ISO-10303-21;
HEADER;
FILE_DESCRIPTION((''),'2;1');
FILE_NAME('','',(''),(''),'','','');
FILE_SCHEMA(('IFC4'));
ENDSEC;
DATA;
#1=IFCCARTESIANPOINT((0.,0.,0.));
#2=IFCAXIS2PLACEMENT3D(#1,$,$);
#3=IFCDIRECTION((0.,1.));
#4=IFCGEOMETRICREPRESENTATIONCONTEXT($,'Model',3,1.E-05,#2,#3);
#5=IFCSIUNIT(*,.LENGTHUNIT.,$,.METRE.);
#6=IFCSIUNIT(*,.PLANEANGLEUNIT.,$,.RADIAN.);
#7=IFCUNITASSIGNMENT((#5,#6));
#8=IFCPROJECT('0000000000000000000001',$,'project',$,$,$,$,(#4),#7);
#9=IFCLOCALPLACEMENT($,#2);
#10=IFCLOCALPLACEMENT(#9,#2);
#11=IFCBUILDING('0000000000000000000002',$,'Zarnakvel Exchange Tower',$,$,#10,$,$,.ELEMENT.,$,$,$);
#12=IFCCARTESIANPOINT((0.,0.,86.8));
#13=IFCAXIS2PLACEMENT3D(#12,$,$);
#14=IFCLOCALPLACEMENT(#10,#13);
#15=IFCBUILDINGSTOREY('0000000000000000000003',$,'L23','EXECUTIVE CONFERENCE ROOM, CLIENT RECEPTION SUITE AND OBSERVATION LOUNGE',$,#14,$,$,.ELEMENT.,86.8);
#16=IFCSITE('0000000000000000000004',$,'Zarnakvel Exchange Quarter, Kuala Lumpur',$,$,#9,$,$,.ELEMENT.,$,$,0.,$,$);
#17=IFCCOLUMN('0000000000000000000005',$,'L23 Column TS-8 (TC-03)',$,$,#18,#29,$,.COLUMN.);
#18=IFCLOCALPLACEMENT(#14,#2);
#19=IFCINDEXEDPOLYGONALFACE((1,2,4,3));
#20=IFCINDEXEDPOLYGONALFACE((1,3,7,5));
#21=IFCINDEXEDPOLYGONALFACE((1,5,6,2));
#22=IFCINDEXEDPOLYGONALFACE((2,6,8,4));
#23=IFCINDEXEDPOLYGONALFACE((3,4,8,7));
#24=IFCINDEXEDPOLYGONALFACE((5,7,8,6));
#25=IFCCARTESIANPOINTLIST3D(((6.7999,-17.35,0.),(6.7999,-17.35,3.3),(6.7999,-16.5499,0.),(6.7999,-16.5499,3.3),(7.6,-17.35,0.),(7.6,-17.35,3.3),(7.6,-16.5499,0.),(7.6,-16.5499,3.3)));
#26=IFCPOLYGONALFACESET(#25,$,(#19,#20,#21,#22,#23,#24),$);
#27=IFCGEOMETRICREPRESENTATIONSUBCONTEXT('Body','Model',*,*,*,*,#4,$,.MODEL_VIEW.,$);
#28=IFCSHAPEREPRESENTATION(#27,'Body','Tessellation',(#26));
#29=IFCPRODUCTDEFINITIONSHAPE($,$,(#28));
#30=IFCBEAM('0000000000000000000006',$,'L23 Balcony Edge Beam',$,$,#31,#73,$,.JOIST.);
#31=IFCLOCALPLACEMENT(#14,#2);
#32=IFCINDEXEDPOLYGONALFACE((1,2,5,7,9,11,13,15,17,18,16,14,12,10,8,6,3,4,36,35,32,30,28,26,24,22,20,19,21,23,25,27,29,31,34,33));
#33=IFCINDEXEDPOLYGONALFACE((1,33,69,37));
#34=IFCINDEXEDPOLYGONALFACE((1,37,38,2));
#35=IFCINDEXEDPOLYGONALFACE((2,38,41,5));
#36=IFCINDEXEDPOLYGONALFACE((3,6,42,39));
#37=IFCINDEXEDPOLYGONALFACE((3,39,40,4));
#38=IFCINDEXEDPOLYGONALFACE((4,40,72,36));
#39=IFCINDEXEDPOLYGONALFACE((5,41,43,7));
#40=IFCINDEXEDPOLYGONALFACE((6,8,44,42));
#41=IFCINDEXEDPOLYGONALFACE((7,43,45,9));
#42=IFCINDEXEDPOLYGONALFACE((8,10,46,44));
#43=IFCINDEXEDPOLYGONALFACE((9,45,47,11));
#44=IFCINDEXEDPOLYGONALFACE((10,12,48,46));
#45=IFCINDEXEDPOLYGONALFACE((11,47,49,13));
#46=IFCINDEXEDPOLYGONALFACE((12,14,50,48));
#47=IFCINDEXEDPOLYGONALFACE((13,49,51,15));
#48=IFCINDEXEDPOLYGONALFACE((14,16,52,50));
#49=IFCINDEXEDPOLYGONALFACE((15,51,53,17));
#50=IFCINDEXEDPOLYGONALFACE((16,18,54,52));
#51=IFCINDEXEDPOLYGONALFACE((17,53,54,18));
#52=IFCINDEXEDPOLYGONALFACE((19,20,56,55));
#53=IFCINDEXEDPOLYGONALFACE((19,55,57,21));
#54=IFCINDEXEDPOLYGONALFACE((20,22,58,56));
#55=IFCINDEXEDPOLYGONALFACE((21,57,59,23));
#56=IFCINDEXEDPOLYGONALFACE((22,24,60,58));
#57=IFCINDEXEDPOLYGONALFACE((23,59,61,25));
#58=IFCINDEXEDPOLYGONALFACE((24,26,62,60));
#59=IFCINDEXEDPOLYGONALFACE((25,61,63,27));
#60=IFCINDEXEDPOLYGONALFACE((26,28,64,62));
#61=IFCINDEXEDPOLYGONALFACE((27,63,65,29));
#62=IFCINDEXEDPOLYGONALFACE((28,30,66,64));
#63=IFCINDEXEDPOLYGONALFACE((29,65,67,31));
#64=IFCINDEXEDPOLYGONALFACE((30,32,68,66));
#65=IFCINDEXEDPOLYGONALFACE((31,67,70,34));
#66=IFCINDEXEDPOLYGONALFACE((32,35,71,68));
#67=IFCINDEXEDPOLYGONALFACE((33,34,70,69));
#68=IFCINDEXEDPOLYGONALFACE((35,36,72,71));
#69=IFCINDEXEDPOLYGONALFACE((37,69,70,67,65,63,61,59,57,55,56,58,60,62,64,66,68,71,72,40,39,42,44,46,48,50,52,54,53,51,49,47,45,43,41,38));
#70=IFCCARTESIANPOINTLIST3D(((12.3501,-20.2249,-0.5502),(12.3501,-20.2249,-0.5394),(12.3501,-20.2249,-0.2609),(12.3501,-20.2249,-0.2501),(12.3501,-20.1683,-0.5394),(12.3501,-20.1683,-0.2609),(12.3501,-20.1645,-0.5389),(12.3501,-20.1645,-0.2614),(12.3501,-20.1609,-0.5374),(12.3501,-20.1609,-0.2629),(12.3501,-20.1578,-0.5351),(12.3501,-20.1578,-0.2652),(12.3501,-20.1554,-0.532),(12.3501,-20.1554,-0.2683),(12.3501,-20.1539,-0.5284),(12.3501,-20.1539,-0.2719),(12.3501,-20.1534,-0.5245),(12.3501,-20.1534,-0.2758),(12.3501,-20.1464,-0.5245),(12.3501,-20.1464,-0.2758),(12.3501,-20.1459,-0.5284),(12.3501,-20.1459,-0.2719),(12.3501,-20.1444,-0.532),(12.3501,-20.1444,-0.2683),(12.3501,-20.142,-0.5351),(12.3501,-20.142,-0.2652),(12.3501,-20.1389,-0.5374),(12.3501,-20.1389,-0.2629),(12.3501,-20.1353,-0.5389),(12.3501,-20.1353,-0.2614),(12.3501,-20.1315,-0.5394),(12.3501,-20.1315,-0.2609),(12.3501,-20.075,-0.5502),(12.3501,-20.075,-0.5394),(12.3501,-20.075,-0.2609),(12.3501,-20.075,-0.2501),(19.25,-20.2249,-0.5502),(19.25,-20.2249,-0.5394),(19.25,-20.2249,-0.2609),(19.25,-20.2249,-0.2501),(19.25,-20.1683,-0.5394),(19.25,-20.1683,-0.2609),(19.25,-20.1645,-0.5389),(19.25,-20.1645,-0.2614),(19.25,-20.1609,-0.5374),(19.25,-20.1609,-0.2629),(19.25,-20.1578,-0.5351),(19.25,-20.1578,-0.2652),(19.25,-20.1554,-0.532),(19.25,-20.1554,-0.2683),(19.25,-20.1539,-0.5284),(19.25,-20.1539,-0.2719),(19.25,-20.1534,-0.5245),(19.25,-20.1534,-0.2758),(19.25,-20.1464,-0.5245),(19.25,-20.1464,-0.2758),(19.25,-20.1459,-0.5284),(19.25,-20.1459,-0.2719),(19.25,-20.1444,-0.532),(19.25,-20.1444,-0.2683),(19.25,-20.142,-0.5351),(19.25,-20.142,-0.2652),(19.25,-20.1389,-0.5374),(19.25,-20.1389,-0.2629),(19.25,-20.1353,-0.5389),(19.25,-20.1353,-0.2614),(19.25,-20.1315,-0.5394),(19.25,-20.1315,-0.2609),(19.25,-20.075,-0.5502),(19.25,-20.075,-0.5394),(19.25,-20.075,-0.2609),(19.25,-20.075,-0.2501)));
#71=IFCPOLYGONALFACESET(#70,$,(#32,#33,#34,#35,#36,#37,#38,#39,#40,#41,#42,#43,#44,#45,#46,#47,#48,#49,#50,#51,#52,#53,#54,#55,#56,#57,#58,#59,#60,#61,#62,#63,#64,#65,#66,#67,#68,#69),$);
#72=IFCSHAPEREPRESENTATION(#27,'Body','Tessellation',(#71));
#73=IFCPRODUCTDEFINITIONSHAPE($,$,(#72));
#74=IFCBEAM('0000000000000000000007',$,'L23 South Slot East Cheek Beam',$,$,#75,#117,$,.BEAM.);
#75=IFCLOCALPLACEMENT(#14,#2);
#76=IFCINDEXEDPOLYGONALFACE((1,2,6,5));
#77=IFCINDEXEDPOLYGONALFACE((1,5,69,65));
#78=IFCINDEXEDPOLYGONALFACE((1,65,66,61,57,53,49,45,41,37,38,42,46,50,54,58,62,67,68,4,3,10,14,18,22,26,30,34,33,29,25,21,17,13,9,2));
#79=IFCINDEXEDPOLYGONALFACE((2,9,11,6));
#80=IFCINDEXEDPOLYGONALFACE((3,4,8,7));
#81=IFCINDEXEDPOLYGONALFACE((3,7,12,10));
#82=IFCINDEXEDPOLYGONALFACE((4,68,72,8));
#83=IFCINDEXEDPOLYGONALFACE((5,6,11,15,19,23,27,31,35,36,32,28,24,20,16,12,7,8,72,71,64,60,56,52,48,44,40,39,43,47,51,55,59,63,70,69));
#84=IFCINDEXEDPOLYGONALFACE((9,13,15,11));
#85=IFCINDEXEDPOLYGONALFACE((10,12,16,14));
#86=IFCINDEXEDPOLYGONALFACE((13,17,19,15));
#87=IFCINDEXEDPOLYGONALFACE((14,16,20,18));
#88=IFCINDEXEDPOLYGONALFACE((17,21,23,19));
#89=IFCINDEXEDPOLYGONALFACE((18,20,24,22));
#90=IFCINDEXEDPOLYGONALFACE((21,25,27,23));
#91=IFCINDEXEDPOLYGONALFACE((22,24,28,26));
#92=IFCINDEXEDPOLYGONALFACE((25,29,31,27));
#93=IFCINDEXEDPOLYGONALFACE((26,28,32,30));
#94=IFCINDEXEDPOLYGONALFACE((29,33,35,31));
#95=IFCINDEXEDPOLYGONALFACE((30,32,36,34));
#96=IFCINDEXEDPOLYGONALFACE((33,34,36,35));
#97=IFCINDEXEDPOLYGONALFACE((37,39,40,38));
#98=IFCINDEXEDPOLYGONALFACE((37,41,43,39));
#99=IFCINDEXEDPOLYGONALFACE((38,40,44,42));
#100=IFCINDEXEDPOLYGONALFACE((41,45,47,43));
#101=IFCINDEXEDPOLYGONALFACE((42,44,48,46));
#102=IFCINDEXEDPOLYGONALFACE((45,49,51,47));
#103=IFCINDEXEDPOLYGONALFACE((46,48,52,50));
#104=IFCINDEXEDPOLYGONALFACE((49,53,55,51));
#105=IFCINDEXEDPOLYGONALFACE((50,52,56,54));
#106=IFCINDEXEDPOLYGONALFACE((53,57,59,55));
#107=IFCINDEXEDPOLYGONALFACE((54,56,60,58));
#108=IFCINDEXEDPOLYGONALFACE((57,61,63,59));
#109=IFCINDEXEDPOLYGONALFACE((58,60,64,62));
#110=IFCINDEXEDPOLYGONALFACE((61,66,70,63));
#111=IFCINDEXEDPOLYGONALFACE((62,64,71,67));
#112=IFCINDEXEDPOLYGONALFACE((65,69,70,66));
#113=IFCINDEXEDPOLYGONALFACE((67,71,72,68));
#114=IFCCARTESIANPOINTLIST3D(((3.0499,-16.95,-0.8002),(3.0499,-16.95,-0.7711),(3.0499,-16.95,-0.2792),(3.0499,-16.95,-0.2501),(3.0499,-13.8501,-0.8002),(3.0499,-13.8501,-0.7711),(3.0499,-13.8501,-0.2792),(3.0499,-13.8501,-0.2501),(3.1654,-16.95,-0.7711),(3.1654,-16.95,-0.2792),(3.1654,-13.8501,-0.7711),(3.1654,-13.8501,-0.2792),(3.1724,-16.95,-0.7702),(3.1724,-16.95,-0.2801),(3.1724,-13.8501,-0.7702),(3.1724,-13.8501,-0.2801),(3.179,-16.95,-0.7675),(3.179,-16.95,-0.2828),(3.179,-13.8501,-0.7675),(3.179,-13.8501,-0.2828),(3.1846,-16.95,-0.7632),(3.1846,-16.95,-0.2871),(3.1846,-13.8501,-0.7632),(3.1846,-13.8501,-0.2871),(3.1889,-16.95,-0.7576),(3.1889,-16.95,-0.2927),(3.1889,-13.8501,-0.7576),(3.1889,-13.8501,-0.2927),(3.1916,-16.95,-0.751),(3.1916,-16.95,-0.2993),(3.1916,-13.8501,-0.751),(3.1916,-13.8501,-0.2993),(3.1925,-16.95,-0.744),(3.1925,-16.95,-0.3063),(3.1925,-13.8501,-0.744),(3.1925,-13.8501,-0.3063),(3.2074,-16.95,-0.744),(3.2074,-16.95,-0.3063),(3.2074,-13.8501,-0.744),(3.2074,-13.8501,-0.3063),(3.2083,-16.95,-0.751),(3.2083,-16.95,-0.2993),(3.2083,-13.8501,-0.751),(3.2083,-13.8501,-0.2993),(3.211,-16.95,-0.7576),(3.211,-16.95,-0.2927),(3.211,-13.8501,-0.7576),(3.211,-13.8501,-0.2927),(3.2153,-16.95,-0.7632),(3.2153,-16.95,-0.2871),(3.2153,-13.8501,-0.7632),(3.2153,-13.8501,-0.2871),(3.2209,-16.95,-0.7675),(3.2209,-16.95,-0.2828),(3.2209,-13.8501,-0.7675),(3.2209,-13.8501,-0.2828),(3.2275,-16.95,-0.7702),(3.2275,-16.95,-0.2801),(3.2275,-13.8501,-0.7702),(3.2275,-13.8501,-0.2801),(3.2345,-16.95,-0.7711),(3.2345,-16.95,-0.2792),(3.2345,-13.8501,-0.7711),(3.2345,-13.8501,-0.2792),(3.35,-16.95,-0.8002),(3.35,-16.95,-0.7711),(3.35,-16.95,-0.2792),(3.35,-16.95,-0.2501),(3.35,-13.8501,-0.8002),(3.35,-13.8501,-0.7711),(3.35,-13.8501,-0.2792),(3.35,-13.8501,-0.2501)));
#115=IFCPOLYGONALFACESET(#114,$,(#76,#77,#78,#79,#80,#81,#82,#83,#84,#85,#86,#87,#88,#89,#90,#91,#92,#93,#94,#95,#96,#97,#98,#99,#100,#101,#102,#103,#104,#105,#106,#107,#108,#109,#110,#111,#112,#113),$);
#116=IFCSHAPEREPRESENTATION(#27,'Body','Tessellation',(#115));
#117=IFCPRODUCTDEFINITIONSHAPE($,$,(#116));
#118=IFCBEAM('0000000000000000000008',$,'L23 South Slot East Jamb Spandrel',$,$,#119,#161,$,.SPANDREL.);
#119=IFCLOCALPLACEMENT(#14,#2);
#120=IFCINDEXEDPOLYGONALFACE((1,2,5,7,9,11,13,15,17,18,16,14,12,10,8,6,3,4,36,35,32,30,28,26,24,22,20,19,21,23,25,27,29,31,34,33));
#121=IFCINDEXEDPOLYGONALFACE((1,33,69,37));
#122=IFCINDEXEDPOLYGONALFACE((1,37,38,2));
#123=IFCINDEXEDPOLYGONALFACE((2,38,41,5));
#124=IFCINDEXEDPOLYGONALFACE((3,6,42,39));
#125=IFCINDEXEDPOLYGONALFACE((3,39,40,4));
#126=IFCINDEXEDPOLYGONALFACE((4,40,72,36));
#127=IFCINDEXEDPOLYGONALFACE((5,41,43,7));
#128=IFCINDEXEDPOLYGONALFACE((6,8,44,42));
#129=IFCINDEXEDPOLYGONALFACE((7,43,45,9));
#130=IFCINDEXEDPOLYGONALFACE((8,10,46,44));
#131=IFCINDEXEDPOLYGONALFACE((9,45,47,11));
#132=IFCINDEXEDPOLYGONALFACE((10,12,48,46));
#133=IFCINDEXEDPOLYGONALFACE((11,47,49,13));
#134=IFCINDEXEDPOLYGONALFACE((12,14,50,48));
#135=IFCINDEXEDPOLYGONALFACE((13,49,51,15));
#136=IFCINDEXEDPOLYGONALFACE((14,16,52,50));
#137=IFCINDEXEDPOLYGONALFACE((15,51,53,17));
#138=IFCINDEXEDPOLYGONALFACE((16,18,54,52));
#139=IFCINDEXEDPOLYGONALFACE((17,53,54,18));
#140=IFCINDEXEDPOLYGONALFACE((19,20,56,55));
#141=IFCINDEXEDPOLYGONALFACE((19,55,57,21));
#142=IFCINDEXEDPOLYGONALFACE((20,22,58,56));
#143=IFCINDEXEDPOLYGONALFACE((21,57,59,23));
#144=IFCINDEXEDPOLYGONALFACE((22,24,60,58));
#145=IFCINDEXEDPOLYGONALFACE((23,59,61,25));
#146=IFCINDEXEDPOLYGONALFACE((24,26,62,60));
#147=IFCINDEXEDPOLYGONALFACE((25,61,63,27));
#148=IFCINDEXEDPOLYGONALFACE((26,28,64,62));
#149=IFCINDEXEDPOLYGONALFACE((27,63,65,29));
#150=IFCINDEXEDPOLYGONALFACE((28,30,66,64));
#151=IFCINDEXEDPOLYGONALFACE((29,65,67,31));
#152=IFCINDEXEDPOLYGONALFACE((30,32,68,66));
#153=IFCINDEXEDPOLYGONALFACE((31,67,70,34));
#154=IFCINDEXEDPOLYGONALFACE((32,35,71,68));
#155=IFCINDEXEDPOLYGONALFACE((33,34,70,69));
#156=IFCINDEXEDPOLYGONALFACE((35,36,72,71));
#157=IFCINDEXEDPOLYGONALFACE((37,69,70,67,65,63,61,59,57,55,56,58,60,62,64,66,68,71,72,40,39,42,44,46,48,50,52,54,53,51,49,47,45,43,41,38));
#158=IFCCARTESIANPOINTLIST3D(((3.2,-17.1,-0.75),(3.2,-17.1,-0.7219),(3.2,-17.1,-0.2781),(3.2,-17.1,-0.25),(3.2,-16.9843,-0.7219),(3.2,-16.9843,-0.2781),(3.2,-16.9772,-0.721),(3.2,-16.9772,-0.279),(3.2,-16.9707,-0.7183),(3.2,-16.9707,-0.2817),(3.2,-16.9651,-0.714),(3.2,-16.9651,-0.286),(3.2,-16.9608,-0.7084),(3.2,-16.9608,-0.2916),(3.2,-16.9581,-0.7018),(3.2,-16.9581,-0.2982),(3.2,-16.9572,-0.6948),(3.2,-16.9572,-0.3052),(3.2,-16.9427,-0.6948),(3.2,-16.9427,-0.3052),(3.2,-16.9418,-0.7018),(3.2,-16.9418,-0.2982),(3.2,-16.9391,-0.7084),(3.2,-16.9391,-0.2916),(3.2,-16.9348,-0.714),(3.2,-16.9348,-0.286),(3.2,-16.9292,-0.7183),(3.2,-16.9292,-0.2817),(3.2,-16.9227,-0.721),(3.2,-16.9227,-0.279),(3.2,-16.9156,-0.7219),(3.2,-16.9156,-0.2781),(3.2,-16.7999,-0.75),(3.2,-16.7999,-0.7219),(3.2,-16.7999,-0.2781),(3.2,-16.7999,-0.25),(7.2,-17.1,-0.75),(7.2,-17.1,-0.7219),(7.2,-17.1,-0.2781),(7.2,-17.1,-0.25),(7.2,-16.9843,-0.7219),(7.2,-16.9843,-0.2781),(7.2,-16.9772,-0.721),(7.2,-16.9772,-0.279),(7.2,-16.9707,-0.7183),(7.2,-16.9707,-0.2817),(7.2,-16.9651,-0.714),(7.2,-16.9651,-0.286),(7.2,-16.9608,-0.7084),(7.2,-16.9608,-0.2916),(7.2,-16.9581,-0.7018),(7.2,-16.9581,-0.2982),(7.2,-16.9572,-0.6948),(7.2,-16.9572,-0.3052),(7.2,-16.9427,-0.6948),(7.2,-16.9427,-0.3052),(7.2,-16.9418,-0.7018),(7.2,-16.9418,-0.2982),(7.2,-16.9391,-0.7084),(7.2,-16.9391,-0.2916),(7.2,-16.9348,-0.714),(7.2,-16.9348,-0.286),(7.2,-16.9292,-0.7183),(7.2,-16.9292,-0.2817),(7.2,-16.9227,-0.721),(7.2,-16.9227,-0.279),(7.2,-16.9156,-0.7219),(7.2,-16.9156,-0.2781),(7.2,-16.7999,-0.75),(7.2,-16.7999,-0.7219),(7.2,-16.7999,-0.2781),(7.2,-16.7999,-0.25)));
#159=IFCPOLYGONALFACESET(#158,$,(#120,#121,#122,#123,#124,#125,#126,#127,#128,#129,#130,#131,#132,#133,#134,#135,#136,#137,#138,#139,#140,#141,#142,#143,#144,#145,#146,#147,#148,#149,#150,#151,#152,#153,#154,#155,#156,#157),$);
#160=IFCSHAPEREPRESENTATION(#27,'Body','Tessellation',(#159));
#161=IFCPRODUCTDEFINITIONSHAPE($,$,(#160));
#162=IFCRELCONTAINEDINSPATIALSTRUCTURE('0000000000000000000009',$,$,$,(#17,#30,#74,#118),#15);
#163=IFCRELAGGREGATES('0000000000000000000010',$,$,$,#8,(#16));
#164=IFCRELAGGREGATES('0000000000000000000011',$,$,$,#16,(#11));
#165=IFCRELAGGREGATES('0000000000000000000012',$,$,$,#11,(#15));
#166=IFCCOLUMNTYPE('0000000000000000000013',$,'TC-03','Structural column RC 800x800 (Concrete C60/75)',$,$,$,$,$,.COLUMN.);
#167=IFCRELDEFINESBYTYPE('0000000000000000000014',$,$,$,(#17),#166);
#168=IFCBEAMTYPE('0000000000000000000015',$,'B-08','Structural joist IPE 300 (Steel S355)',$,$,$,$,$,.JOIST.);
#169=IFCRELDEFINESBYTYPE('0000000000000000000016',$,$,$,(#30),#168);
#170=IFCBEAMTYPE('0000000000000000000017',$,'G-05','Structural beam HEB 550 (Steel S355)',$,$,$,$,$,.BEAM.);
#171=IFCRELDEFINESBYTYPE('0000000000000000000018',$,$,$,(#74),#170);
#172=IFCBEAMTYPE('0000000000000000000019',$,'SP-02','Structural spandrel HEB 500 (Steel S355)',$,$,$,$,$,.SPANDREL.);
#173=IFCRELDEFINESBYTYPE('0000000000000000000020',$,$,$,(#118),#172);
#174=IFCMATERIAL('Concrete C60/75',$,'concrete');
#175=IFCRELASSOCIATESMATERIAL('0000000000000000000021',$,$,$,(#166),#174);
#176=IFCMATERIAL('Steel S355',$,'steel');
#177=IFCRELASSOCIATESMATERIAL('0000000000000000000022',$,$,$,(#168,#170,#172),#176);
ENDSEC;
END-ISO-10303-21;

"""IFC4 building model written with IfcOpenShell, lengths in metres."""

from ifc_helpers import new_model, si_unit, direction, frame, origin, origin_2d, place, context, subcontext, project, spatial, rectangle, i_section, extrude, material, material_profile, profile_set, type_object, element, save


model = new_model("IFC4")

# Units and contexts
model_context = context("Model", 3, precision=1e-05, world=origin(), true_north=direction((0.0, 1.0)))
body_context = subcontext(model_context, "Body", "Model", "MODEL_VIEW")
ifc_project = project(units=[si_unit("LENGTHUNIT", "METRE"), si_unit("PLANEANGLEUNIT", "RADIAN")], contexts=[model_context])

# Site, building, storey
site_placement = place(None, origin())
site = spatial("IfcSite", under=ifc_project, at=site_placement, Name="Zarnakvel Exchange Quarter, Kuala Lumpur", CompositionType="ELEMENT", RefElevation=0.0)
building_placement = place(site_placement, origin())
building = spatial("IfcBuilding", under=site, at=building_placement, Name="Zarnakvel Exchange Tower", CompositionType="ELEMENT")
storey_placement = place(building_placement, frame((0.0, 0.0, 86.8)))
storey = spatial("IfcBuildingStorey", under=building, at=storey_placement, Name="L23", Description="EXECUTIVE CONFERENCE ROOM, CLIENT RECEPTION SUITE AND OBSERVATION LOUNGE", CompositionType="ELEMENT", Elevation=86.8)

# Column
ifc_material_1 = material(Name="Concrete C60/75", Category="concrete")
ifc_material_profile_1 = material_profile(ifc_material_1, rectangle(XDim=0.8, YDim=0.8, at=origin_2d()))
ifc_profile_set_1 = profile_set([ifc_material_profile_1], Name="Concrete C60/75")
column_type = type_object("IfcColumnType", Name="TC-03", Description="Structural column RC 800x800 (Concrete C60/75)", PredefinedType="COLUMN", material=ifc_profile_set_1)
column_placement = place(storey_placement, frame((7.2, -16.95, 0.0), z_axis=(0.0, 0.0, 1.0), x_axis=(1.0, 0.0, 0.0)))
element("IfcColumn", 1, at=column_placement, inside=storey, type_object=column_type, Name="L23 Column TS-8 (TC-03)", PredefinedType="COLUMN", context=body_context, shape_type="SweptSolid", body=[
    extrude(rectangle(XDim=0.8, YDim=0.8, at=origin_2d()), origin(), (0.0, 0.0, 1.0), 3.3),
])

# Beams
ifc_material_2 = material(Name="Steel S355", Category="steel")
ifc_material_profile_2 = material_profile(ifc_material_2, i_section(OverallWidth=0.1499, OverallDepth=0.3, WebThickness=0.0071, FlangeThickness=0.0107, FilletRadius=0.0149, at=origin_2d()))
ifc_profile_set_2 = profile_set([ifc_material_profile_2], Name="Steel S355")
beam_type_1 = type_object("IfcBeamType", Name="B-08", Description="Structural joist IPE 300 (Steel S355)", PredefinedType="JOIST", material=ifc_profile_set_2)
beam_1_placement = place(storey_placement, frame((12.3501, -20.1499, -0.4001), z_axis=(1.0, 0.0, 0.0), x_axis=(0.0, 1.0, 0.0)))
element("IfcBeam", 2, at=beam_1_placement, inside=storey, type_object=beam_type_1, Name="L23 Balcony Edge Beam", PredefinedType="JOIST", context=body_context, shape_type="SweptSolid", body=[
    extrude(i_section(OverallWidth=0.1499, OverallDepth=0.3, WebThickness=0.0071, FlangeThickness=0.0107, FilletRadius=0.0149, at=origin_2d()), origin(), (0.0, 0.0, 1.0), 6.8999),
])
ifc_material_profile_3 = material_profile(ifc_material_2, i_section(OverallWidth=0.3, OverallDepth=0.55, WebThickness=0.0149, FlangeThickness=0.0291, FilletRadius=0.0271, at=origin_2d()))
ifc_profile_set_3 = profile_set([ifc_material_profile_3], Name="Steel S355")
beam_type_2 = type_object("IfcBeamType", Name="G-05", Description="Structural beam HEB 550 (Steel S355)", PredefinedType="BEAM", material=ifc_profile_set_3)
beam_2_placement = place(storey_placement, frame((3.2, -16.95, -0.5251), z_axis=(0.0, 1.0, 0.0), x_axis=(-1.0, 0.0, 0.0)))
element("IfcBeam", 3, at=beam_2_placement, inside=storey, type_object=beam_type_2, Name="L23 South Slot East Cheek Beam", PredefinedType="BEAM", context=body_context, shape_type="SweptSolid", body=[
    extrude(i_section(OverallWidth=0.3, OverallDepth=0.55, WebThickness=0.0149, FlangeThickness=0.0291, FilletRadius=0.0271, at=origin_2d()), origin(), (0.0, 0.0, 1.0), 3.0999),
])
ifc_material_profile_4 = material_profile(ifc_material_2, i_section(OverallWidth=0.3, OverallDepth=0.5, WebThickness=0.0144, FlangeThickness=0.0281, FilletRadius=0.0271, at=origin_2d()))
ifc_profile_set_4 = profile_set([ifc_material_profile_4], Name="Steel S355")
beam_type_3 = type_object("IfcBeamType", Name="SP-02", Description="Structural spandrel HEB 500 (Steel S355)", PredefinedType="SPANDREL", material=ifc_profile_set_4)
beam_3_placement = place(storey_placement, frame((3.2, -16.95, -0.5), z_axis=(1.0, 0.0, 0.0), x_axis=(0.0, 1.0, 0.0)))
element("IfcBeam", 4, at=beam_3_placement, inside=storey, type_object=beam_type_3, Name="L23 South Slot East Jamb Spandrel", PredefinedType="SPANDREL", context=body_context, shape_type="SweptSolid", body=[
    extrude(i_section(OverallWidth=0.3, OverallDepth=0.5, WebThickness=0.0144, FlangeThickness=0.0281, FilletRadius=0.0271, at=origin_2d()), origin(), (0.0, 0.0, 1.0), 4.0),
])

save(model, "model.ifc")
